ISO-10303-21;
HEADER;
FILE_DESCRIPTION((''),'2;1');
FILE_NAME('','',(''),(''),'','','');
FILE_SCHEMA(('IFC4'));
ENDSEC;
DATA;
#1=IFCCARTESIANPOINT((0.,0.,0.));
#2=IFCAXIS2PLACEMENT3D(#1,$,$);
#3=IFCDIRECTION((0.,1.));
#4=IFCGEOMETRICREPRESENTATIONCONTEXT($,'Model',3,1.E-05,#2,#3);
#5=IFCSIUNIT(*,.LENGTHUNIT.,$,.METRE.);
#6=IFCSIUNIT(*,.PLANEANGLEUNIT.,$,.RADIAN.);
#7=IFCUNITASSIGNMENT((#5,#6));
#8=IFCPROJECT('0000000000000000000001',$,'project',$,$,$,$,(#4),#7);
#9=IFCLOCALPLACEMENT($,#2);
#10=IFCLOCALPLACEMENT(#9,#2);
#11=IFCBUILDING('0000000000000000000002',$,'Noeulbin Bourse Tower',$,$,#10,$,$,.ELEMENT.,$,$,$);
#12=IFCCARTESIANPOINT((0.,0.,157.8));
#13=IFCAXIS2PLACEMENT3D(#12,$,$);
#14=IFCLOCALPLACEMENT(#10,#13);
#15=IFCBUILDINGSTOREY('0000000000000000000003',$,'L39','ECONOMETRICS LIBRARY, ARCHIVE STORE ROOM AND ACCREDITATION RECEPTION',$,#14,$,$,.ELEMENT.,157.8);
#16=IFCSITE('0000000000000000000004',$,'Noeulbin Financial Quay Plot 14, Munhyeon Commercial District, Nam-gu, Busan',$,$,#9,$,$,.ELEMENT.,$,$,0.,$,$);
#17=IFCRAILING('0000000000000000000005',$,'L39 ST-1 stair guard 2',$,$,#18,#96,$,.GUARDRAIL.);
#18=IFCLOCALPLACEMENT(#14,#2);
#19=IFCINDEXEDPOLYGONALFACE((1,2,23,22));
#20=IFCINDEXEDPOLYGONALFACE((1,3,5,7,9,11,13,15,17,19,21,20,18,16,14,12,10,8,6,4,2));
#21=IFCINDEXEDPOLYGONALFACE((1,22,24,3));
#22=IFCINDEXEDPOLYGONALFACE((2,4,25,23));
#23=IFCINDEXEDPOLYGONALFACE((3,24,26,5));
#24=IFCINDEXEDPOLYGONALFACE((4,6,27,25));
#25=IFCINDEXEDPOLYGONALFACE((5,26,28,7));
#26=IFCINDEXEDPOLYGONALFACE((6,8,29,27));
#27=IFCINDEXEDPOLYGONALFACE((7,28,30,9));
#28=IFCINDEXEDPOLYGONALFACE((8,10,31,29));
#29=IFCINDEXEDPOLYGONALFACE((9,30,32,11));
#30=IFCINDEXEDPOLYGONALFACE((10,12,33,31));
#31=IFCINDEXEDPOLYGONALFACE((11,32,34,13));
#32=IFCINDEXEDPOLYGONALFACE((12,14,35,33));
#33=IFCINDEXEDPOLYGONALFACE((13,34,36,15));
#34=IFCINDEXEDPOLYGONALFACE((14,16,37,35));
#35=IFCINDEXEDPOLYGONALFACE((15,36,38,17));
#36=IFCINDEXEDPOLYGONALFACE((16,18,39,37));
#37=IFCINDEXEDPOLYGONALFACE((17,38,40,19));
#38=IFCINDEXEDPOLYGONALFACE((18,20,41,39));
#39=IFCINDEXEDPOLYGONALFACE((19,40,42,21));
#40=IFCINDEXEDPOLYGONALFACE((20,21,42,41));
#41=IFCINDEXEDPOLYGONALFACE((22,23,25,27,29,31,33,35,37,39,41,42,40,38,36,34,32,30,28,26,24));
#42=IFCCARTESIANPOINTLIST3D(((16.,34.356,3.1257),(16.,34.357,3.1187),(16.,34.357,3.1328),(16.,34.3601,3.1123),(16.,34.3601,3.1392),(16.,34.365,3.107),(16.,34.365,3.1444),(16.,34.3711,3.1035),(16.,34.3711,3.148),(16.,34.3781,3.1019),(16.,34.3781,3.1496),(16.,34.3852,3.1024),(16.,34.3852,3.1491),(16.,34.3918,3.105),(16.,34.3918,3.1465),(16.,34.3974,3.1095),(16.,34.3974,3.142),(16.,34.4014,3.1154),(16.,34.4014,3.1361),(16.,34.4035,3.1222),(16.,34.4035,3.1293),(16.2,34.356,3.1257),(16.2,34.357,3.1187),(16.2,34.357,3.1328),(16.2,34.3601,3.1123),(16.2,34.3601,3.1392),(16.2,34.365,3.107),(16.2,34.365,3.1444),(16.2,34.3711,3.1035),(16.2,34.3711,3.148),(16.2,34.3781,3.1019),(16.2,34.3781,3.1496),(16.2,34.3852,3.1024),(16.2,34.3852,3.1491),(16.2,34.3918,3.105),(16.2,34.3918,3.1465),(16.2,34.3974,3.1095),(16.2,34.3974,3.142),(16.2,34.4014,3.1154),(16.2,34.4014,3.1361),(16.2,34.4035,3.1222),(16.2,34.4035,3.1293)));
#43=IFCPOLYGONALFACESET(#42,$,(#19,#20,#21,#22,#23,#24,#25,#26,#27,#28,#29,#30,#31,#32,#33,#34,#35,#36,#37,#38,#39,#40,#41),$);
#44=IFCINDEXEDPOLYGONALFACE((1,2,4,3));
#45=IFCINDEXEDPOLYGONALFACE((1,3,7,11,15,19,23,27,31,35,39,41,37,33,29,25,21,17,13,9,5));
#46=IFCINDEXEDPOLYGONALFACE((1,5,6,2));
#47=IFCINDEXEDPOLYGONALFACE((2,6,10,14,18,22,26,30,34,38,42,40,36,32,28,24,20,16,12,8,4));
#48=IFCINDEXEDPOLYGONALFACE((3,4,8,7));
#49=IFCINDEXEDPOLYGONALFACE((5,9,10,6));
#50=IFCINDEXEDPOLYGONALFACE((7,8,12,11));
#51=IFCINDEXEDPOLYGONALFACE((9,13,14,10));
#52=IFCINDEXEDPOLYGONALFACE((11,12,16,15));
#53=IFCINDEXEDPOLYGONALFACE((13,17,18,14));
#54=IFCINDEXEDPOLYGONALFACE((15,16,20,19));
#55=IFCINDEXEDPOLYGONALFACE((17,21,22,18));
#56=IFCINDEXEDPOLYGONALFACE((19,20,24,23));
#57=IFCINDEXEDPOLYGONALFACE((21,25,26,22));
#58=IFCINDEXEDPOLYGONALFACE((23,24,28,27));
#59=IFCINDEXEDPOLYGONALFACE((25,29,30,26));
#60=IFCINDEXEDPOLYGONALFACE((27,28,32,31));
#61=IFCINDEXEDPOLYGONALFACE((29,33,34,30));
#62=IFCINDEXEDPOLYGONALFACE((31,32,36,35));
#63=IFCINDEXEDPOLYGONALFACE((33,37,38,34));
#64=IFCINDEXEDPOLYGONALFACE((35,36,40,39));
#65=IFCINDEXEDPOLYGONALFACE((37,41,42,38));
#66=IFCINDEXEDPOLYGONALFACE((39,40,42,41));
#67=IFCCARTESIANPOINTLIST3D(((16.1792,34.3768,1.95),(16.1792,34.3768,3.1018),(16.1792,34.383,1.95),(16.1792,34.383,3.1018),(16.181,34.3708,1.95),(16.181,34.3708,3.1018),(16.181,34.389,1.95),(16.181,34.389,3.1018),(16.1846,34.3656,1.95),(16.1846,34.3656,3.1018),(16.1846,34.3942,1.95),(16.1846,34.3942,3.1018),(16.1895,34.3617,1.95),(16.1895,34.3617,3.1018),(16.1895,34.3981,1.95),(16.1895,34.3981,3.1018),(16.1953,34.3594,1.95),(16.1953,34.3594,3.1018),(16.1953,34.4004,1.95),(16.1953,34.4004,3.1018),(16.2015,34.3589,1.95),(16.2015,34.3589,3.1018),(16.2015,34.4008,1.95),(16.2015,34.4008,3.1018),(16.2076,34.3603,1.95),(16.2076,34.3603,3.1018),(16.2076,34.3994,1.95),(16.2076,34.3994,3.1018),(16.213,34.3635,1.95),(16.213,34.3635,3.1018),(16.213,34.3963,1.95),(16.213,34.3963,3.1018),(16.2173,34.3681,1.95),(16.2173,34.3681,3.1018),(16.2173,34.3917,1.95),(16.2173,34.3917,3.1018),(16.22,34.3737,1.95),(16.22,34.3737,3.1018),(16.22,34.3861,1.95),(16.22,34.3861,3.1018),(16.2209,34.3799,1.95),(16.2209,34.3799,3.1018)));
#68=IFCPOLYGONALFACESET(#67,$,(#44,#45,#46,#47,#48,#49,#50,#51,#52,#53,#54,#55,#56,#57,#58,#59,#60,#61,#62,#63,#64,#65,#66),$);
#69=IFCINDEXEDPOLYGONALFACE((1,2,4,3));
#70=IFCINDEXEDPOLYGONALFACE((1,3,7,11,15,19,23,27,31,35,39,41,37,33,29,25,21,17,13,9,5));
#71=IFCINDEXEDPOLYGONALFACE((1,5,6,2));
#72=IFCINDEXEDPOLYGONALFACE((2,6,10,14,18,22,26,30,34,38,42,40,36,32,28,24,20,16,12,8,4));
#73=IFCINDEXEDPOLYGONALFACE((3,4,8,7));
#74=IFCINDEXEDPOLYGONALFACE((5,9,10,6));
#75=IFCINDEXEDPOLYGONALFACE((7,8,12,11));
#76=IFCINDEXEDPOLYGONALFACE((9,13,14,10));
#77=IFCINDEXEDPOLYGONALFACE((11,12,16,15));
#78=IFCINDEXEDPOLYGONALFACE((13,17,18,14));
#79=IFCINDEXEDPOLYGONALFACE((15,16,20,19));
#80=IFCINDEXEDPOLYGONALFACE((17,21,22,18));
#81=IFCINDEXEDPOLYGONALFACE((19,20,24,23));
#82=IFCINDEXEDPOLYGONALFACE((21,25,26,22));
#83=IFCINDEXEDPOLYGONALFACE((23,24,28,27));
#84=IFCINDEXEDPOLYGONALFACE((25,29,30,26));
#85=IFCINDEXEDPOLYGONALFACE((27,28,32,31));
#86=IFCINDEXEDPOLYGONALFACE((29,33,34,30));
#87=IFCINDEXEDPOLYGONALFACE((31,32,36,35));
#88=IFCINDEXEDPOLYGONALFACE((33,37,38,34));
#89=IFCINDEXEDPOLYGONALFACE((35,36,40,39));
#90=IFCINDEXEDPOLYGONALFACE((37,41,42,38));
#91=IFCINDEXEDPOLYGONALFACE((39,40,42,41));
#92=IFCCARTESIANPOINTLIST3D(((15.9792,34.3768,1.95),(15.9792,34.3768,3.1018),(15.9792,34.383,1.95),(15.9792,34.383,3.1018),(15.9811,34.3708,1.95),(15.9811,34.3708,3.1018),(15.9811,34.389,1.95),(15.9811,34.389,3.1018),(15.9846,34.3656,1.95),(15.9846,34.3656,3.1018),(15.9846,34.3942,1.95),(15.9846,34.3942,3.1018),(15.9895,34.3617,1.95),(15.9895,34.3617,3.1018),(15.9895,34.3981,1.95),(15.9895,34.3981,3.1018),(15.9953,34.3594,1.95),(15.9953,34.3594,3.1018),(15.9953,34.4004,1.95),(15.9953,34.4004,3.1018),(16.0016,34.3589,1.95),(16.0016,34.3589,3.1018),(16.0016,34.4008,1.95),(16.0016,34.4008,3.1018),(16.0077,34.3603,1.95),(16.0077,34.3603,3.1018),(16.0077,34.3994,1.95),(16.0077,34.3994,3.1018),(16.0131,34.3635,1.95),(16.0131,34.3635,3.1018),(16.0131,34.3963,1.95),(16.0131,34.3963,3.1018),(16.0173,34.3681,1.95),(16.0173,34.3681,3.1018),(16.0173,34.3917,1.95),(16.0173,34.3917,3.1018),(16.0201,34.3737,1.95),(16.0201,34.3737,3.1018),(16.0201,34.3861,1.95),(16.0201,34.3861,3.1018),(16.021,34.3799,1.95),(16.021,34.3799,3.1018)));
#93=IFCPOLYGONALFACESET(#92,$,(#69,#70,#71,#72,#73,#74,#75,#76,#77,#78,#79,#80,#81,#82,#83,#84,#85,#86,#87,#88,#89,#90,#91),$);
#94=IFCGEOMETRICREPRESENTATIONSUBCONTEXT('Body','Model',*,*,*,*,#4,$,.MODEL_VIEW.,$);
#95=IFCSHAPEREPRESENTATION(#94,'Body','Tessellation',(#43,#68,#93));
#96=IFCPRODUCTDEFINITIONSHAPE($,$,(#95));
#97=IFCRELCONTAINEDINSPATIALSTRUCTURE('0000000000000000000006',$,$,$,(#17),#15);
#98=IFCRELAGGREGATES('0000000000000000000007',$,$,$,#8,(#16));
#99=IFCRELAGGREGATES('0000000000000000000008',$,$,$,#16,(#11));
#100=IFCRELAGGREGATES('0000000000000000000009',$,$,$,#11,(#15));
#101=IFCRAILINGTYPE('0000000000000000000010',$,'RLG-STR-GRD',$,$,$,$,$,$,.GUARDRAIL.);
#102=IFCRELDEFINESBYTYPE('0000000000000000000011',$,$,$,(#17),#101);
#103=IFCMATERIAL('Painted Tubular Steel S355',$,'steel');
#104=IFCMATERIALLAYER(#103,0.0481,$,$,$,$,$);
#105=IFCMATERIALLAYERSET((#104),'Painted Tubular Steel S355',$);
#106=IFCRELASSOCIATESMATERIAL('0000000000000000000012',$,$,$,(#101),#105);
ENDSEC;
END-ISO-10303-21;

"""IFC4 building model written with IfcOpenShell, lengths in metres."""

from ifc_helpers import new_model, si_unit, direction, frame, origin, origin_2d, place, context, subcontext, project, spatial, circle, extrude, material, layer, layer_set, type_object, element, save


model = new_model("IFC4")

# Units and contexts
model_context = context("Model", 3, precision=1e-05, world=origin(), true_north=direction((0.0, 1.0)))
body_context = subcontext(model_context, "Body", "Model", "MODEL_VIEW")
ifc_project = project(units=[si_unit("LENGTHUNIT", "METRE"), si_unit("PLANEANGLEUNIT", "RADIAN")], contexts=[model_context])

# Site, building, storey
site_placement = place(None, origin())
site = spatial("IfcSite", under=ifc_project, at=site_placement, Name="Noeulbin Financial Quay Plot 14, Munhyeon Commercial District, Nam-gu, Busan", CompositionType="ELEMENT", RefElevation=0.0)
building_placement = place(site_placement, origin())
building = spatial("IfcBuilding", under=site, at=building_placement, Name="Noeulbin Bourse Tower", CompositionType="ELEMENT")
storey_placement = place(building_placement, frame((0.0, 0.0, 157.8)))
storey = spatial("IfcBuildingStorey", under=building, at=storey_placement, Name="L39", Description="ECONOMETRICS LIBRARY, ARCHIVE STORE ROOM AND ACCREDITATION RECEPTION", CompositionType="ELEMENT", Elevation=157.8)

# Railing
ifc_material_1 = material(Name="Painted Tubular Steel S355", Category="steel")
ifc_layer_1 = layer(ifc_material_1, 0.0481)
ifc_layer_set_1 = layer_set([ifc_layer_1], Name="Painted Tubular Steel S355")
railing_type_1 = type_object("IfcRailingType", Name="RLG-STR-GRD", PredefinedType="GUARDRAIL", material=ifc_layer_set_1)
railing_1_placement = place(storey_placement, frame((16.2, 34.3799, 1.95)))
element("IfcRailing", 1, at=railing_1_placement, inside=storey, type_object=railing_type_1, Name="L39 ST-1 stair guard 2", PredefinedType="GUARDRAIL", context=body_context, shape_type="SweptSolid", body=[
    extrude(circle(Radius=0.0239, at=origin_2d()), frame((0.0, 0.0, 1.1758), z_axis=(-1.0, 0.0, 0.0), x_axis=(0.0, -1.0, 0.0)), (0.0, 0.0, 1.0), 0.2),
    extrude(circle(Radius=0.021, at=origin_2d()), origin(), (0.0, 0.0, 1.0), 1.1519),
    extrude(circle(Radius=0.021, at=origin_2d()), frame((-0.2, 0.0, 0.0)), (0.0, 0.0, 1.0), 1.1519),
])

save(model, "model.ifc")
